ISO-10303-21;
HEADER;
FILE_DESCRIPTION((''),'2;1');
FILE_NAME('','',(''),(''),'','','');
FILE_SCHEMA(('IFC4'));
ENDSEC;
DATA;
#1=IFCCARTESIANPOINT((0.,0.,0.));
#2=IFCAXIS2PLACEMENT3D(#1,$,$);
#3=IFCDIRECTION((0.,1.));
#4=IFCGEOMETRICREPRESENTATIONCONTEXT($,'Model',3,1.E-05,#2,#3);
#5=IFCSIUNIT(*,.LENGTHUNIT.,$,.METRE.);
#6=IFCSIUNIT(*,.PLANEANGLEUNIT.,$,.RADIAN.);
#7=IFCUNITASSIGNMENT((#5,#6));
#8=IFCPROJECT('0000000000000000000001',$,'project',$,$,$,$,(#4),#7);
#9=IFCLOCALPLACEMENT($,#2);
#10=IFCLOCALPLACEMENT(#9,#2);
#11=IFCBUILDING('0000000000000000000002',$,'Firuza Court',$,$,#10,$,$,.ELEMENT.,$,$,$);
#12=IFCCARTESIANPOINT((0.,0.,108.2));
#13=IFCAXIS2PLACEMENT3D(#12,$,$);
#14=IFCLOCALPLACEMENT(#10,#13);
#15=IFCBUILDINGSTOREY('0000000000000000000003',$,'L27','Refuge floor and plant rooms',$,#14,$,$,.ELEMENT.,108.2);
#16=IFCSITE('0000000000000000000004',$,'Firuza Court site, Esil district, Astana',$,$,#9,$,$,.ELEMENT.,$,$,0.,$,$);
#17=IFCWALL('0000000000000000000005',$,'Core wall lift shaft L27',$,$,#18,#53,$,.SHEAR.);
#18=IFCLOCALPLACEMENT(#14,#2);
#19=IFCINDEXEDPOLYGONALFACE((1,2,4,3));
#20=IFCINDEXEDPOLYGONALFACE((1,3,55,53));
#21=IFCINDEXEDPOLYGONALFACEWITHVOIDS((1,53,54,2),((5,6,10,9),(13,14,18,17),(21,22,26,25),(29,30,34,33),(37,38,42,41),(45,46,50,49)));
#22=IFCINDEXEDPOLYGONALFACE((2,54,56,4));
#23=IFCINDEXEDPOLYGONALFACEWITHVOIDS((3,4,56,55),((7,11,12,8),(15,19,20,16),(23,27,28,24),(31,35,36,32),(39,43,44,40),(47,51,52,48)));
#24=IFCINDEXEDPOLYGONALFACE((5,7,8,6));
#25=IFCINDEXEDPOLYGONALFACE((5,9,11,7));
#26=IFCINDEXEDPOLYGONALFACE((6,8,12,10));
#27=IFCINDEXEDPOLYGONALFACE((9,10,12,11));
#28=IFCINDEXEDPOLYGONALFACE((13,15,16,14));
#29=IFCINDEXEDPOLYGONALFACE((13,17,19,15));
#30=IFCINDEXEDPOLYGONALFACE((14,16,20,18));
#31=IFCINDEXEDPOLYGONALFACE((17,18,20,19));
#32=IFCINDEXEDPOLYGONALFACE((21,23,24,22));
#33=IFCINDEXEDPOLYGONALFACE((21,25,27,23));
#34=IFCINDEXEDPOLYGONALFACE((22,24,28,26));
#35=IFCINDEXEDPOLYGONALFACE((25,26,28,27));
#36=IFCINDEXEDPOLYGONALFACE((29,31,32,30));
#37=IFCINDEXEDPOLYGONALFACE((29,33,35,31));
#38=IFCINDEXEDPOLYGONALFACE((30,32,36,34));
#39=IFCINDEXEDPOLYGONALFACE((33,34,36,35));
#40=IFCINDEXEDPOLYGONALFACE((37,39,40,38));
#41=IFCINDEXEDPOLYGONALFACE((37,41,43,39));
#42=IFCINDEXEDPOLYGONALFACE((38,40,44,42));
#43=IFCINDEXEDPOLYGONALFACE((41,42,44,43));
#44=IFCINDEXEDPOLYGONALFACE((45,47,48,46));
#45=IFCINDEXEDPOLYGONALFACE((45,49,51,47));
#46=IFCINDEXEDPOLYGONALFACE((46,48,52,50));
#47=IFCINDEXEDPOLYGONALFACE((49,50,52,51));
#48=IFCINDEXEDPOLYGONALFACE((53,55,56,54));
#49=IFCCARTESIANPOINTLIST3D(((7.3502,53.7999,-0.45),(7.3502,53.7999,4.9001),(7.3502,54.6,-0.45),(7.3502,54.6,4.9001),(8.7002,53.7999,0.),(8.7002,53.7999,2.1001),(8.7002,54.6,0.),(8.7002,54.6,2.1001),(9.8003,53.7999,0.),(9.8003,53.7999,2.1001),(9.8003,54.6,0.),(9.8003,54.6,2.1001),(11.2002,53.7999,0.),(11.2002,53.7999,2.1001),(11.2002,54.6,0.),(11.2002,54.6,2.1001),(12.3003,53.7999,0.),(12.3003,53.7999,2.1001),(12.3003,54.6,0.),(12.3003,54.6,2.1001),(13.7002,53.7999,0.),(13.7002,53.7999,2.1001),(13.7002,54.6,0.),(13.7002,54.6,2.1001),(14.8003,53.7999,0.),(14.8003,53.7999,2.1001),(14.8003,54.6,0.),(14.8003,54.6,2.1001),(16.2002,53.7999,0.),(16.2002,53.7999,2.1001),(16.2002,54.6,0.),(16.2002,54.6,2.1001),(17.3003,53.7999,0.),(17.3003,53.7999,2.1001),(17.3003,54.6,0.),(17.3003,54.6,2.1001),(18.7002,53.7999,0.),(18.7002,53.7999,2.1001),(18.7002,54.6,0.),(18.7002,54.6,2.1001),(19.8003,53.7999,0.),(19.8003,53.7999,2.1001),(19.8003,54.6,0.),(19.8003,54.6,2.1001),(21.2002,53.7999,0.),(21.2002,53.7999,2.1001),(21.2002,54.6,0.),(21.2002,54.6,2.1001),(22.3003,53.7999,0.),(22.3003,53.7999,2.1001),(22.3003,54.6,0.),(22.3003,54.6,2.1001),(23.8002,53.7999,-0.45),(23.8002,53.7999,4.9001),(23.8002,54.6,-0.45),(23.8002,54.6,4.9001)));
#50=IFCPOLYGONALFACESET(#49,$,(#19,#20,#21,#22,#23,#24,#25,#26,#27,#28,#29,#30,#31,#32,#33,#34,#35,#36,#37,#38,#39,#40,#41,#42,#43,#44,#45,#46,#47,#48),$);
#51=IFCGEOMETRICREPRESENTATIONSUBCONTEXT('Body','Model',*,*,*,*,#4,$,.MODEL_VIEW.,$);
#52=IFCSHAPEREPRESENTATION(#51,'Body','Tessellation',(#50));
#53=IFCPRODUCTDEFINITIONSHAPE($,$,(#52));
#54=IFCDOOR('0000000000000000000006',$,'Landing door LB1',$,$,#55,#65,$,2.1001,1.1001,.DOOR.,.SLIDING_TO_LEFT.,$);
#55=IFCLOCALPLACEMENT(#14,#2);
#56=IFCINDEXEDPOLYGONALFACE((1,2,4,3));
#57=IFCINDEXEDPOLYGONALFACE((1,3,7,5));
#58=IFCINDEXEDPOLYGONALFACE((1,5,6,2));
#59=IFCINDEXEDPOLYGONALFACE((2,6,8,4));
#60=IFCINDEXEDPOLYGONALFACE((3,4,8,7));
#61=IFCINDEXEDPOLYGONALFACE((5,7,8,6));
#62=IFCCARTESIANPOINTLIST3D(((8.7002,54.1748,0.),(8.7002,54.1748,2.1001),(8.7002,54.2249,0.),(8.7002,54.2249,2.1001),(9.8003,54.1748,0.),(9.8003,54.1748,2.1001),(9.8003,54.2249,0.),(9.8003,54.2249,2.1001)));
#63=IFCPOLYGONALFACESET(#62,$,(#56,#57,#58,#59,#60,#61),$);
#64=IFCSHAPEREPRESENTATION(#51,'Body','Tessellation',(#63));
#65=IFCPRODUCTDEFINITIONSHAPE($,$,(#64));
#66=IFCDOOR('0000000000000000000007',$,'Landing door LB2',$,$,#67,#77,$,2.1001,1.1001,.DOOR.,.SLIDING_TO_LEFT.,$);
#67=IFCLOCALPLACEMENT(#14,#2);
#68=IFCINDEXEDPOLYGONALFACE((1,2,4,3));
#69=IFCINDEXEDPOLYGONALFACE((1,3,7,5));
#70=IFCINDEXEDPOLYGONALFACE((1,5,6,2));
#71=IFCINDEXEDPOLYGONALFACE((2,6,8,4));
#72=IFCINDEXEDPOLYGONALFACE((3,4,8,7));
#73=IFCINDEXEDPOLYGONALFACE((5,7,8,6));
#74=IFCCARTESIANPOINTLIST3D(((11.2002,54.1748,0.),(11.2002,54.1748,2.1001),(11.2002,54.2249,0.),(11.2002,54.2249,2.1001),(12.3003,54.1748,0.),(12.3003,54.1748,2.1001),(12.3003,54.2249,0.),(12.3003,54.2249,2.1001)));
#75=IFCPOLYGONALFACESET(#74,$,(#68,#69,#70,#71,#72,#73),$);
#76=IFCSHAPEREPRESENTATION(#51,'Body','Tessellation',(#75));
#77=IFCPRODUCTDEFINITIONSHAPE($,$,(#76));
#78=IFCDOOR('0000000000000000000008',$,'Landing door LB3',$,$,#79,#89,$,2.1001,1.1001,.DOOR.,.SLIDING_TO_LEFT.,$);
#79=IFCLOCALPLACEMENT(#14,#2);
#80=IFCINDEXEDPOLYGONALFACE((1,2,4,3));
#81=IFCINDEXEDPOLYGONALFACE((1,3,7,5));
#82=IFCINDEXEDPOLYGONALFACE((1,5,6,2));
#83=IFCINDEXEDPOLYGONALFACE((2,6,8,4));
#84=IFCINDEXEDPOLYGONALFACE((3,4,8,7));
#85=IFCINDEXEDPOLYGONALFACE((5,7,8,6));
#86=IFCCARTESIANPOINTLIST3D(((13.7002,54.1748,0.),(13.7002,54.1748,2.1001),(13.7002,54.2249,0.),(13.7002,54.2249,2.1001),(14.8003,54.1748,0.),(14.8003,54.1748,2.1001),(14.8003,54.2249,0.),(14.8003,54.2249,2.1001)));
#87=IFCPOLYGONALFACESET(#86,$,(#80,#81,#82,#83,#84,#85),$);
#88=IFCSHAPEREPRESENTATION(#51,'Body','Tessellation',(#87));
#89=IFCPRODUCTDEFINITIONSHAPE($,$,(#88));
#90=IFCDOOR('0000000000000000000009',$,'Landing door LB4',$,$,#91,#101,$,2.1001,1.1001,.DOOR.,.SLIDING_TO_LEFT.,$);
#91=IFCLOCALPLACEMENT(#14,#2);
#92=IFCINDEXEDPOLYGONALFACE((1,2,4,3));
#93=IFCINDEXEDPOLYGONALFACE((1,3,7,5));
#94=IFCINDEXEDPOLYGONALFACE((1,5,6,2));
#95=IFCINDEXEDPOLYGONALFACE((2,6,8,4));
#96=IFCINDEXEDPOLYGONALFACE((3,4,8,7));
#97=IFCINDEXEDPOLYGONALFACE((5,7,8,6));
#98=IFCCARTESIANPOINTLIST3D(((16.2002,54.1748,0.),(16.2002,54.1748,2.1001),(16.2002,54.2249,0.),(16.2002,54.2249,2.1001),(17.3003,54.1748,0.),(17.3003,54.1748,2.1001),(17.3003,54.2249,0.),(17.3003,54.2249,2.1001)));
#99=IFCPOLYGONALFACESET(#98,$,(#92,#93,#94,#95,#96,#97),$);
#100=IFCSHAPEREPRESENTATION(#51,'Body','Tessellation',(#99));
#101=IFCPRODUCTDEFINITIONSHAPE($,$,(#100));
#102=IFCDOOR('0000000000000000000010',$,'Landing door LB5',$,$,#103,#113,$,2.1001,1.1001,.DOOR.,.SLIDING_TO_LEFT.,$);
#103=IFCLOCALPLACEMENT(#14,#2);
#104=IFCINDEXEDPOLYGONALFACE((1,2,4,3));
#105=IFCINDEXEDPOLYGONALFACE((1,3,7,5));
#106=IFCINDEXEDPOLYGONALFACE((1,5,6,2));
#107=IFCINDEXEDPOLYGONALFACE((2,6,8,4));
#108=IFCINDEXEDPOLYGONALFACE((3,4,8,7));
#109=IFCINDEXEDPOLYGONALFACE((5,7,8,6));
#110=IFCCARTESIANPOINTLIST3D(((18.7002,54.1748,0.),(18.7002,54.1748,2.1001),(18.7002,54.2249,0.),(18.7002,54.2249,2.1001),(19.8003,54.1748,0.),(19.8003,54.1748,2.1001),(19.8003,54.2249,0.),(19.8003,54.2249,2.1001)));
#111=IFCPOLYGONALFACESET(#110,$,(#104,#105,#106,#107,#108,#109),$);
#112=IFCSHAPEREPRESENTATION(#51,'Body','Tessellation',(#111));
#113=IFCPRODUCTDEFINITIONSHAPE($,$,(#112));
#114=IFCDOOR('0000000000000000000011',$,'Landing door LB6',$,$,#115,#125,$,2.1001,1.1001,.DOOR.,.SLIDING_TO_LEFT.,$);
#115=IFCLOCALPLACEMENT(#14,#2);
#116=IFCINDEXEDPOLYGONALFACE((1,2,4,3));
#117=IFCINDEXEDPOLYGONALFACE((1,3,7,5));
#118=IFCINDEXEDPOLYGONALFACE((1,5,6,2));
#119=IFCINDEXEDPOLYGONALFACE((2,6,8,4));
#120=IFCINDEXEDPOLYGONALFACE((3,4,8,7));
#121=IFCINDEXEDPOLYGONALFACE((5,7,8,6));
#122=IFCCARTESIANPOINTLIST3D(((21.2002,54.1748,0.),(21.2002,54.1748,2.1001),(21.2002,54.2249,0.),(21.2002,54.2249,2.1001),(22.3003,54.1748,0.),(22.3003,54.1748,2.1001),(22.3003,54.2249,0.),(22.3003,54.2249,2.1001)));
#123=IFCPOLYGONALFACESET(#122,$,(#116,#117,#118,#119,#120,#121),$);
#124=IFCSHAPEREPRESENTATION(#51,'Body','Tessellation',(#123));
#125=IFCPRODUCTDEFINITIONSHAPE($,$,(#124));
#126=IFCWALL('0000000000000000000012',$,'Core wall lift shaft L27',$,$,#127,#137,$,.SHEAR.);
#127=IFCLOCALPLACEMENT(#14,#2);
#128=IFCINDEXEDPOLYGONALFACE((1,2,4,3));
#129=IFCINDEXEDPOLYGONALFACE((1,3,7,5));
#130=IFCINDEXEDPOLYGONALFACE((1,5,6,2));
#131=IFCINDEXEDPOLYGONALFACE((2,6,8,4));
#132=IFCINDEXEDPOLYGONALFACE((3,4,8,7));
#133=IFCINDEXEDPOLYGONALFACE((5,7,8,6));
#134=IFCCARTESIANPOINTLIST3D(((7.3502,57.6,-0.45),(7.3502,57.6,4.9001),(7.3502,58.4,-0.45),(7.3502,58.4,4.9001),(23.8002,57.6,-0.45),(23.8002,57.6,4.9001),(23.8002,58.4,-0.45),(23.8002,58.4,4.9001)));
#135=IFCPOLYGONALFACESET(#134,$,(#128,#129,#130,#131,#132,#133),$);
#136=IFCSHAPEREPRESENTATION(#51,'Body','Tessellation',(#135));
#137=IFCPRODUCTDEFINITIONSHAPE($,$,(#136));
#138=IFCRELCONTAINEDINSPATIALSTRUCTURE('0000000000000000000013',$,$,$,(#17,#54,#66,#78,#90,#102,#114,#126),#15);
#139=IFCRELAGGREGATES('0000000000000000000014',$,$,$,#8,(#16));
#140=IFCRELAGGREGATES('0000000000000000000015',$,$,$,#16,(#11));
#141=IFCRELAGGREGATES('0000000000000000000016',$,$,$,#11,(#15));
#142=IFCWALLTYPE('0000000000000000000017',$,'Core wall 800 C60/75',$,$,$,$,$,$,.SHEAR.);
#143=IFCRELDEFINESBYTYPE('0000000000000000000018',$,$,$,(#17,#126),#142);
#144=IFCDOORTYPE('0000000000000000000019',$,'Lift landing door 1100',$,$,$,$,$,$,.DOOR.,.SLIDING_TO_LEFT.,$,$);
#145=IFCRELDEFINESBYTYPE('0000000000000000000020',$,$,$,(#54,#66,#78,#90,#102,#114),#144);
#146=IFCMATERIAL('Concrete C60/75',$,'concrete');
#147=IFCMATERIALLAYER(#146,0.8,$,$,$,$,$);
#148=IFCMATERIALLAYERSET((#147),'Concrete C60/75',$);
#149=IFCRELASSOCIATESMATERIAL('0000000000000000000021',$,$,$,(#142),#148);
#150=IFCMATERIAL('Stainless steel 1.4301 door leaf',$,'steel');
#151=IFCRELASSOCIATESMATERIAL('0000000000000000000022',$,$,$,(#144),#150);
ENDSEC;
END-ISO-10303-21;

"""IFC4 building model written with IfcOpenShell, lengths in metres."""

from ifc_helpers import new_model, si_unit, direction, frame, frame_2d, origin, place, context, subcontext, project, spatial, rectangle, extrude, material, layer, layer_set, type_object, element, fill, save


model = new_model("IFC4")

# Units and contexts
model_context = context("Model", 3, precision=1e-05, world=origin(), true_north=direction((0.0, 1.0)))
body_context = subcontext(model_context, "Body", "Model", "MODEL_VIEW")
ifc_project = project(units=[si_unit("LENGTHUNIT", "METRE"), si_unit("PLANEANGLEUNIT", "RADIAN")], contexts=[model_context])

# Site, building, storey
site_placement = place(None, origin())
site = spatial("IfcSite", under=ifc_project, at=site_placement, Name="Firuza Court site, Esil district, Astana", CompositionType="ELEMENT", RefElevation=0.0)
building_placement = place(site_placement, origin())
building = spatial("IfcBuilding", under=site, at=building_placement, Name="Firuza Court", CompositionType="ELEMENT")
storey_placement = place(building_placement, frame((0.0, 0.0, 108.2)))
storey = spatial("IfcBuildingStorey", under=building, at=storey_placement, Name="L27", Description="Refuge floor and plant rooms", CompositionType="ELEMENT", Elevation=108.2)

# Shared definitions
ifc_material_1 = material(Name="Concrete C60/75", Category="concrete")

# Wall, openings, doors
ifc_layer_1 = layer(ifc_material_1, 0.8)
ifc_layer_set_1 = layer_set([ifc_layer_1], Name="Concrete C60/75")
wall_type_1 = type_object("IfcWallType", Name="Core wall 800 C60/75", PredefinedType="SHEAR", material=ifc_layer_set_1)
wall_1_placement = place(storey_placement, frame((7.3501, 54.2, -0.45), z_axis=(0.0, 0.0, 1.0), x_axis=(1.0, 0.0, 0.0)))
wall_1 = element("IfcWall", 1, at=wall_1_placement, inside=storey, type_object=wall_type_1, Name="Core wall lift shaft L27", PredefinedType="SHEAR", context=body_context, shape_type="SweptSolid", body=[
    extrude(rectangle(XDim=16.45, YDim=0.8, at=frame_2d((8.2251, 0.0))), origin(), (0.0, 0.0, 1.0), 5.3501),
])
opening_1_placement = place(wall_1_placement, frame((1.3501, 0.0, 0.45)))
opening_1 = element("IfcOpeningElement", 2, at=opening_1_placement, cuts=wall_1, PredefinedType="OPENING", context=body_context, shape_type="SweptSolid", body=[
    extrude(rectangle(XDim=1.1001, YDim=2.1001, at=frame_2d((0.55, 1.05))), frame((0.0, 0.4121, 0.0), z_axis=(0.0, -1.0, 0.0), x_axis=(1.0, 0.0, 0.0)), (0.0, 0.0, 1.0), 0.824),
])
opening_2_placement = place(wall_1_placement, frame((3.8501, 0.0, 0.45)))
opening_2 = element("IfcOpeningElement", 3, at=opening_2_placement, cuts=wall_1, PredefinedType="OPENING", context=body_context, shape_type="SweptSolid", body=[
    extrude(rectangle(XDim=1.1001, YDim=2.1001, at=frame_2d((0.55, 1.05))), frame((0.0, 0.4121, 0.0), z_axis=(0.0, -1.0, 0.0), x_axis=(1.0, 0.0, 0.0)), (0.0, 0.0, 1.0), 0.824),
])
opening_3_placement = place(wall_1_placement, frame((6.3501, 0.0, 0.45)))
opening_3 = element("IfcOpeningElement", 4, at=opening_3_placement, cuts=wall_1, PredefinedType="OPENING", context=body_context, shape_type="SweptSolid", body=[
    extrude(rectangle(XDim=1.1001, YDim=2.1001, at=frame_2d((0.55, 1.05))), frame((0.0, 0.4121, 0.0), z_axis=(0.0, -1.0, 0.0), x_axis=(1.0, 0.0, 0.0)), (0.0, 0.0, 1.0), 0.824),
])
opening_4_placement = place(wall_1_placement, frame((8.8501, 0.0, 0.45)))
opening_4 = element("IfcOpeningElement", 5, at=opening_4_placement, cuts=wall_1, PredefinedType="OPENING", context=body_context, shape_type="SweptSolid", body=[
    extrude(rectangle(XDim=1.1001, YDim=2.1001, at=frame_2d((0.55, 1.05))), frame((0.0, 0.4121, 0.0), z_axis=(0.0, -1.0, 0.0), x_axis=(1.0, 0.0, 0.0)), (0.0, 0.0, 1.0), 0.824),
])
opening_5_placement = place(wall_1_placement, frame((11.3501, 0.0, 0.45)))
opening_5 = element("IfcOpeningElement", 6, at=opening_5_placement, cuts=wall_1, PredefinedType="OPENING", context=body_context, shape_type="SweptSolid", body=[
    extrude(rectangle(XDim=1.1001, YDim=2.1001, at=frame_2d((0.55, 1.05))), frame((0.0, 0.4121, 0.0), z_axis=(0.0, -1.0, 0.0), x_axis=(1.0, 0.0, 0.0)), (0.0, 0.0, 1.0), 0.824),
])
opening_6_placement = place(wall_1_placement, frame((13.8501, 0.0, 0.45)))
opening_6 = element("IfcOpeningElement", 7, at=opening_6_placement, cuts=wall_1, PredefinedType="OPENING", context=body_context, shape_type="SweptSolid", body=[
    extrude(rectangle(XDim=1.1001, YDim=2.1001, at=frame_2d((0.55, 1.05))), frame((0.0, 0.4121, 0.0), z_axis=(0.0, -1.0, 0.0), x_axis=(1.0, 0.0, 0.0)), (0.0, 0.0, 1.0), 0.824),
])
ifc_material_2 = material(Name="Stainless steel 1.4301 door leaf", Category="steel")
door_type_1 = type_object("IfcDoorType", Name="Lift landing door 1100", OperationType="SLIDING_TO_LEFT", PredefinedType="DOOR", material=ifc_material_2)
door_1_placement = place(opening_1_placement, origin())
door_1 = element("IfcDoor", 8, at=door_1_placement, inside=storey, type_object=door_type_1, Name="Landing door LB1", OperationType="SLIDING_TO_LEFT", OverallHeight=2.1001, OverallWidth=1.1001, PredefinedType="DOOR", context=body_context, shape_type="SweptSolid", body=[
    extrude(rectangle(XDim=1.1001, YDim=2.1001, at=frame_2d((0.55, 1.05))), frame((0.0, 0.0249, 0.0), z_axis=(0.0, -1.0, 0.0), x_axis=(1.0, 0.0, 0.0)), (0.0, 0.0, 1.0), 0.05),
])
fill(opening_1, door_1)
door_2_placement = place(opening_2_placement, origin())
door_2 = element("IfcDoor", 9, at=door_2_placement, inside=storey, type_object=door_type_1, Name="Landing door LB2", OperationType="SLIDING_TO_LEFT", OverallHeight=2.1001, OverallWidth=1.1001, PredefinedType="DOOR", context=body_context, shape_type="SweptSolid", body=[
    extrude(rectangle(XDim=1.1001, YDim=2.1001, at=frame_2d((0.55, 1.05))), frame((0.0, 0.0249, 0.0), z_axis=(0.0, -1.0, 0.0), x_axis=(1.0, 0.0, 0.0)), (0.0, 0.0, 1.0), 0.05),
])
fill(opening_2, door_2)
door_3_placement = place(opening_3_placement, origin())
door_3 = element("IfcDoor", 10, at=door_3_placement, inside=storey, type_object=door_type_1, Name="Landing door LB3", OperationType="SLIDING_TO_LEFT", OverallHeight=2.1001, OverallWidth=1.1001, PredefinedType="DOOR", context=body_context, shape_type="SweptSolid", body=[
    extrude(rectangle(XDim=1.1001, YDim=2.1001, at=frame_2d((0.55, 1.05))), frame((0.0, 0.0249, 0.0), z_axis=(0.0, -1.0, 0.0), x_axis=(1.0, 0.0, 0.0)), (0.0, 0.0, 1.0), 0.05),
])
fill(opening_3, door_3)
door_4_placement = place(opening_4_placement, origin())
door_4 = element("IfcDoor", 11, at=door_4_placement, inside=storey, type_object=door_type_1, Name="Landing door LB4", OperationType="SLIDING_TO_LEFT", OverallHeight=2.1001, OverallWidth=1.1001, PredefinedType="DOOR", context=body_context, shape_type="SweptSolid", body=[
    extrude(rectangle(XDim=1.1001, YDim=2.1001, at=frame_2d((0.55, 1.05))), frame((0.0, 0.0249, 0.0), z_axis=(0.0, -1.0, 0.0), x_axis=(1.0, 0.0, 0.0)), (0.0, 0.0, 1.0), 0.05),
])
fill(opening_4, door_4)
door_5_placement = place(opening_5_placement, origin())
door_5 = element("IfcDoor", 12, at=door_5_placement, inside=storey, type_object=door_type_1, Name="Landing door LB5", OperationType="SLIDING_TO_LEFT", OverallHeight=2.1001, OverallWidth=1.1001, PredefinedType="DOOR", context=body_context, shape_type="SweptSolid", body=[
    extrude(rectangle(XDim=1.1001, YDim=2.1001, at=frame_2d((0.55, 1.05))), frame((0.0, 0.0249, 0.0), z_axis=(0.0, -1.0, 0.0), x_axis=(1.0, 0.0, 0.0)), (0.0, 0.0, 1.0), 0.05),
])
fill(opening_5, door_5)
door_6_placement = place(opening_6_placement, origin())
door_6 = element("IfcDoor", 13, at=door_6_placement, inside=storey, type_object=door_type_1, Name="Landing door LB6", OperationType="SLIDING_TO_LEFT", OverallHeight=2.1001, OverallWidth=1.1001, PredefinedType="DOOR", context=body_context, shape_type="SweptSolid", body=[
    extrude(rectangle(XDim=1.1001, YDim=2.1001, at=frame_2d((0.55, 1.05))), frame((0.0, 0.0249, 0.0), z_axis=(0.0, -1.0, 0.0), x_axis=(1.0, 0.0, 0.0)), (0.0, 0.0, 1.0), 0.05),
])
fill(opening_6, door_6)

# Wall
wall_2_placement = place(storey_placement, frame((7.3501, 58.0, -0.45), z_axis=(0.0, 0.0, 1.0), x_axis=(1.0, 0.0, 0.0)))
element("IfcWall", 14, at=wall_2_placement, inside=storey, type_object=wall_type_1, Name="Core wall lift shaft L27", PredefinedType="SHEAR", context=body_context, shape_type="SweptSolid", body=[
    extrude(rectangle(XDim=16.45, YDim=0.8, at=frame_2d((8.2251, 0.0))), origin(), (0.0, 0.0, 1.0), 5.3501),
])

save(model, "model.ifc")
